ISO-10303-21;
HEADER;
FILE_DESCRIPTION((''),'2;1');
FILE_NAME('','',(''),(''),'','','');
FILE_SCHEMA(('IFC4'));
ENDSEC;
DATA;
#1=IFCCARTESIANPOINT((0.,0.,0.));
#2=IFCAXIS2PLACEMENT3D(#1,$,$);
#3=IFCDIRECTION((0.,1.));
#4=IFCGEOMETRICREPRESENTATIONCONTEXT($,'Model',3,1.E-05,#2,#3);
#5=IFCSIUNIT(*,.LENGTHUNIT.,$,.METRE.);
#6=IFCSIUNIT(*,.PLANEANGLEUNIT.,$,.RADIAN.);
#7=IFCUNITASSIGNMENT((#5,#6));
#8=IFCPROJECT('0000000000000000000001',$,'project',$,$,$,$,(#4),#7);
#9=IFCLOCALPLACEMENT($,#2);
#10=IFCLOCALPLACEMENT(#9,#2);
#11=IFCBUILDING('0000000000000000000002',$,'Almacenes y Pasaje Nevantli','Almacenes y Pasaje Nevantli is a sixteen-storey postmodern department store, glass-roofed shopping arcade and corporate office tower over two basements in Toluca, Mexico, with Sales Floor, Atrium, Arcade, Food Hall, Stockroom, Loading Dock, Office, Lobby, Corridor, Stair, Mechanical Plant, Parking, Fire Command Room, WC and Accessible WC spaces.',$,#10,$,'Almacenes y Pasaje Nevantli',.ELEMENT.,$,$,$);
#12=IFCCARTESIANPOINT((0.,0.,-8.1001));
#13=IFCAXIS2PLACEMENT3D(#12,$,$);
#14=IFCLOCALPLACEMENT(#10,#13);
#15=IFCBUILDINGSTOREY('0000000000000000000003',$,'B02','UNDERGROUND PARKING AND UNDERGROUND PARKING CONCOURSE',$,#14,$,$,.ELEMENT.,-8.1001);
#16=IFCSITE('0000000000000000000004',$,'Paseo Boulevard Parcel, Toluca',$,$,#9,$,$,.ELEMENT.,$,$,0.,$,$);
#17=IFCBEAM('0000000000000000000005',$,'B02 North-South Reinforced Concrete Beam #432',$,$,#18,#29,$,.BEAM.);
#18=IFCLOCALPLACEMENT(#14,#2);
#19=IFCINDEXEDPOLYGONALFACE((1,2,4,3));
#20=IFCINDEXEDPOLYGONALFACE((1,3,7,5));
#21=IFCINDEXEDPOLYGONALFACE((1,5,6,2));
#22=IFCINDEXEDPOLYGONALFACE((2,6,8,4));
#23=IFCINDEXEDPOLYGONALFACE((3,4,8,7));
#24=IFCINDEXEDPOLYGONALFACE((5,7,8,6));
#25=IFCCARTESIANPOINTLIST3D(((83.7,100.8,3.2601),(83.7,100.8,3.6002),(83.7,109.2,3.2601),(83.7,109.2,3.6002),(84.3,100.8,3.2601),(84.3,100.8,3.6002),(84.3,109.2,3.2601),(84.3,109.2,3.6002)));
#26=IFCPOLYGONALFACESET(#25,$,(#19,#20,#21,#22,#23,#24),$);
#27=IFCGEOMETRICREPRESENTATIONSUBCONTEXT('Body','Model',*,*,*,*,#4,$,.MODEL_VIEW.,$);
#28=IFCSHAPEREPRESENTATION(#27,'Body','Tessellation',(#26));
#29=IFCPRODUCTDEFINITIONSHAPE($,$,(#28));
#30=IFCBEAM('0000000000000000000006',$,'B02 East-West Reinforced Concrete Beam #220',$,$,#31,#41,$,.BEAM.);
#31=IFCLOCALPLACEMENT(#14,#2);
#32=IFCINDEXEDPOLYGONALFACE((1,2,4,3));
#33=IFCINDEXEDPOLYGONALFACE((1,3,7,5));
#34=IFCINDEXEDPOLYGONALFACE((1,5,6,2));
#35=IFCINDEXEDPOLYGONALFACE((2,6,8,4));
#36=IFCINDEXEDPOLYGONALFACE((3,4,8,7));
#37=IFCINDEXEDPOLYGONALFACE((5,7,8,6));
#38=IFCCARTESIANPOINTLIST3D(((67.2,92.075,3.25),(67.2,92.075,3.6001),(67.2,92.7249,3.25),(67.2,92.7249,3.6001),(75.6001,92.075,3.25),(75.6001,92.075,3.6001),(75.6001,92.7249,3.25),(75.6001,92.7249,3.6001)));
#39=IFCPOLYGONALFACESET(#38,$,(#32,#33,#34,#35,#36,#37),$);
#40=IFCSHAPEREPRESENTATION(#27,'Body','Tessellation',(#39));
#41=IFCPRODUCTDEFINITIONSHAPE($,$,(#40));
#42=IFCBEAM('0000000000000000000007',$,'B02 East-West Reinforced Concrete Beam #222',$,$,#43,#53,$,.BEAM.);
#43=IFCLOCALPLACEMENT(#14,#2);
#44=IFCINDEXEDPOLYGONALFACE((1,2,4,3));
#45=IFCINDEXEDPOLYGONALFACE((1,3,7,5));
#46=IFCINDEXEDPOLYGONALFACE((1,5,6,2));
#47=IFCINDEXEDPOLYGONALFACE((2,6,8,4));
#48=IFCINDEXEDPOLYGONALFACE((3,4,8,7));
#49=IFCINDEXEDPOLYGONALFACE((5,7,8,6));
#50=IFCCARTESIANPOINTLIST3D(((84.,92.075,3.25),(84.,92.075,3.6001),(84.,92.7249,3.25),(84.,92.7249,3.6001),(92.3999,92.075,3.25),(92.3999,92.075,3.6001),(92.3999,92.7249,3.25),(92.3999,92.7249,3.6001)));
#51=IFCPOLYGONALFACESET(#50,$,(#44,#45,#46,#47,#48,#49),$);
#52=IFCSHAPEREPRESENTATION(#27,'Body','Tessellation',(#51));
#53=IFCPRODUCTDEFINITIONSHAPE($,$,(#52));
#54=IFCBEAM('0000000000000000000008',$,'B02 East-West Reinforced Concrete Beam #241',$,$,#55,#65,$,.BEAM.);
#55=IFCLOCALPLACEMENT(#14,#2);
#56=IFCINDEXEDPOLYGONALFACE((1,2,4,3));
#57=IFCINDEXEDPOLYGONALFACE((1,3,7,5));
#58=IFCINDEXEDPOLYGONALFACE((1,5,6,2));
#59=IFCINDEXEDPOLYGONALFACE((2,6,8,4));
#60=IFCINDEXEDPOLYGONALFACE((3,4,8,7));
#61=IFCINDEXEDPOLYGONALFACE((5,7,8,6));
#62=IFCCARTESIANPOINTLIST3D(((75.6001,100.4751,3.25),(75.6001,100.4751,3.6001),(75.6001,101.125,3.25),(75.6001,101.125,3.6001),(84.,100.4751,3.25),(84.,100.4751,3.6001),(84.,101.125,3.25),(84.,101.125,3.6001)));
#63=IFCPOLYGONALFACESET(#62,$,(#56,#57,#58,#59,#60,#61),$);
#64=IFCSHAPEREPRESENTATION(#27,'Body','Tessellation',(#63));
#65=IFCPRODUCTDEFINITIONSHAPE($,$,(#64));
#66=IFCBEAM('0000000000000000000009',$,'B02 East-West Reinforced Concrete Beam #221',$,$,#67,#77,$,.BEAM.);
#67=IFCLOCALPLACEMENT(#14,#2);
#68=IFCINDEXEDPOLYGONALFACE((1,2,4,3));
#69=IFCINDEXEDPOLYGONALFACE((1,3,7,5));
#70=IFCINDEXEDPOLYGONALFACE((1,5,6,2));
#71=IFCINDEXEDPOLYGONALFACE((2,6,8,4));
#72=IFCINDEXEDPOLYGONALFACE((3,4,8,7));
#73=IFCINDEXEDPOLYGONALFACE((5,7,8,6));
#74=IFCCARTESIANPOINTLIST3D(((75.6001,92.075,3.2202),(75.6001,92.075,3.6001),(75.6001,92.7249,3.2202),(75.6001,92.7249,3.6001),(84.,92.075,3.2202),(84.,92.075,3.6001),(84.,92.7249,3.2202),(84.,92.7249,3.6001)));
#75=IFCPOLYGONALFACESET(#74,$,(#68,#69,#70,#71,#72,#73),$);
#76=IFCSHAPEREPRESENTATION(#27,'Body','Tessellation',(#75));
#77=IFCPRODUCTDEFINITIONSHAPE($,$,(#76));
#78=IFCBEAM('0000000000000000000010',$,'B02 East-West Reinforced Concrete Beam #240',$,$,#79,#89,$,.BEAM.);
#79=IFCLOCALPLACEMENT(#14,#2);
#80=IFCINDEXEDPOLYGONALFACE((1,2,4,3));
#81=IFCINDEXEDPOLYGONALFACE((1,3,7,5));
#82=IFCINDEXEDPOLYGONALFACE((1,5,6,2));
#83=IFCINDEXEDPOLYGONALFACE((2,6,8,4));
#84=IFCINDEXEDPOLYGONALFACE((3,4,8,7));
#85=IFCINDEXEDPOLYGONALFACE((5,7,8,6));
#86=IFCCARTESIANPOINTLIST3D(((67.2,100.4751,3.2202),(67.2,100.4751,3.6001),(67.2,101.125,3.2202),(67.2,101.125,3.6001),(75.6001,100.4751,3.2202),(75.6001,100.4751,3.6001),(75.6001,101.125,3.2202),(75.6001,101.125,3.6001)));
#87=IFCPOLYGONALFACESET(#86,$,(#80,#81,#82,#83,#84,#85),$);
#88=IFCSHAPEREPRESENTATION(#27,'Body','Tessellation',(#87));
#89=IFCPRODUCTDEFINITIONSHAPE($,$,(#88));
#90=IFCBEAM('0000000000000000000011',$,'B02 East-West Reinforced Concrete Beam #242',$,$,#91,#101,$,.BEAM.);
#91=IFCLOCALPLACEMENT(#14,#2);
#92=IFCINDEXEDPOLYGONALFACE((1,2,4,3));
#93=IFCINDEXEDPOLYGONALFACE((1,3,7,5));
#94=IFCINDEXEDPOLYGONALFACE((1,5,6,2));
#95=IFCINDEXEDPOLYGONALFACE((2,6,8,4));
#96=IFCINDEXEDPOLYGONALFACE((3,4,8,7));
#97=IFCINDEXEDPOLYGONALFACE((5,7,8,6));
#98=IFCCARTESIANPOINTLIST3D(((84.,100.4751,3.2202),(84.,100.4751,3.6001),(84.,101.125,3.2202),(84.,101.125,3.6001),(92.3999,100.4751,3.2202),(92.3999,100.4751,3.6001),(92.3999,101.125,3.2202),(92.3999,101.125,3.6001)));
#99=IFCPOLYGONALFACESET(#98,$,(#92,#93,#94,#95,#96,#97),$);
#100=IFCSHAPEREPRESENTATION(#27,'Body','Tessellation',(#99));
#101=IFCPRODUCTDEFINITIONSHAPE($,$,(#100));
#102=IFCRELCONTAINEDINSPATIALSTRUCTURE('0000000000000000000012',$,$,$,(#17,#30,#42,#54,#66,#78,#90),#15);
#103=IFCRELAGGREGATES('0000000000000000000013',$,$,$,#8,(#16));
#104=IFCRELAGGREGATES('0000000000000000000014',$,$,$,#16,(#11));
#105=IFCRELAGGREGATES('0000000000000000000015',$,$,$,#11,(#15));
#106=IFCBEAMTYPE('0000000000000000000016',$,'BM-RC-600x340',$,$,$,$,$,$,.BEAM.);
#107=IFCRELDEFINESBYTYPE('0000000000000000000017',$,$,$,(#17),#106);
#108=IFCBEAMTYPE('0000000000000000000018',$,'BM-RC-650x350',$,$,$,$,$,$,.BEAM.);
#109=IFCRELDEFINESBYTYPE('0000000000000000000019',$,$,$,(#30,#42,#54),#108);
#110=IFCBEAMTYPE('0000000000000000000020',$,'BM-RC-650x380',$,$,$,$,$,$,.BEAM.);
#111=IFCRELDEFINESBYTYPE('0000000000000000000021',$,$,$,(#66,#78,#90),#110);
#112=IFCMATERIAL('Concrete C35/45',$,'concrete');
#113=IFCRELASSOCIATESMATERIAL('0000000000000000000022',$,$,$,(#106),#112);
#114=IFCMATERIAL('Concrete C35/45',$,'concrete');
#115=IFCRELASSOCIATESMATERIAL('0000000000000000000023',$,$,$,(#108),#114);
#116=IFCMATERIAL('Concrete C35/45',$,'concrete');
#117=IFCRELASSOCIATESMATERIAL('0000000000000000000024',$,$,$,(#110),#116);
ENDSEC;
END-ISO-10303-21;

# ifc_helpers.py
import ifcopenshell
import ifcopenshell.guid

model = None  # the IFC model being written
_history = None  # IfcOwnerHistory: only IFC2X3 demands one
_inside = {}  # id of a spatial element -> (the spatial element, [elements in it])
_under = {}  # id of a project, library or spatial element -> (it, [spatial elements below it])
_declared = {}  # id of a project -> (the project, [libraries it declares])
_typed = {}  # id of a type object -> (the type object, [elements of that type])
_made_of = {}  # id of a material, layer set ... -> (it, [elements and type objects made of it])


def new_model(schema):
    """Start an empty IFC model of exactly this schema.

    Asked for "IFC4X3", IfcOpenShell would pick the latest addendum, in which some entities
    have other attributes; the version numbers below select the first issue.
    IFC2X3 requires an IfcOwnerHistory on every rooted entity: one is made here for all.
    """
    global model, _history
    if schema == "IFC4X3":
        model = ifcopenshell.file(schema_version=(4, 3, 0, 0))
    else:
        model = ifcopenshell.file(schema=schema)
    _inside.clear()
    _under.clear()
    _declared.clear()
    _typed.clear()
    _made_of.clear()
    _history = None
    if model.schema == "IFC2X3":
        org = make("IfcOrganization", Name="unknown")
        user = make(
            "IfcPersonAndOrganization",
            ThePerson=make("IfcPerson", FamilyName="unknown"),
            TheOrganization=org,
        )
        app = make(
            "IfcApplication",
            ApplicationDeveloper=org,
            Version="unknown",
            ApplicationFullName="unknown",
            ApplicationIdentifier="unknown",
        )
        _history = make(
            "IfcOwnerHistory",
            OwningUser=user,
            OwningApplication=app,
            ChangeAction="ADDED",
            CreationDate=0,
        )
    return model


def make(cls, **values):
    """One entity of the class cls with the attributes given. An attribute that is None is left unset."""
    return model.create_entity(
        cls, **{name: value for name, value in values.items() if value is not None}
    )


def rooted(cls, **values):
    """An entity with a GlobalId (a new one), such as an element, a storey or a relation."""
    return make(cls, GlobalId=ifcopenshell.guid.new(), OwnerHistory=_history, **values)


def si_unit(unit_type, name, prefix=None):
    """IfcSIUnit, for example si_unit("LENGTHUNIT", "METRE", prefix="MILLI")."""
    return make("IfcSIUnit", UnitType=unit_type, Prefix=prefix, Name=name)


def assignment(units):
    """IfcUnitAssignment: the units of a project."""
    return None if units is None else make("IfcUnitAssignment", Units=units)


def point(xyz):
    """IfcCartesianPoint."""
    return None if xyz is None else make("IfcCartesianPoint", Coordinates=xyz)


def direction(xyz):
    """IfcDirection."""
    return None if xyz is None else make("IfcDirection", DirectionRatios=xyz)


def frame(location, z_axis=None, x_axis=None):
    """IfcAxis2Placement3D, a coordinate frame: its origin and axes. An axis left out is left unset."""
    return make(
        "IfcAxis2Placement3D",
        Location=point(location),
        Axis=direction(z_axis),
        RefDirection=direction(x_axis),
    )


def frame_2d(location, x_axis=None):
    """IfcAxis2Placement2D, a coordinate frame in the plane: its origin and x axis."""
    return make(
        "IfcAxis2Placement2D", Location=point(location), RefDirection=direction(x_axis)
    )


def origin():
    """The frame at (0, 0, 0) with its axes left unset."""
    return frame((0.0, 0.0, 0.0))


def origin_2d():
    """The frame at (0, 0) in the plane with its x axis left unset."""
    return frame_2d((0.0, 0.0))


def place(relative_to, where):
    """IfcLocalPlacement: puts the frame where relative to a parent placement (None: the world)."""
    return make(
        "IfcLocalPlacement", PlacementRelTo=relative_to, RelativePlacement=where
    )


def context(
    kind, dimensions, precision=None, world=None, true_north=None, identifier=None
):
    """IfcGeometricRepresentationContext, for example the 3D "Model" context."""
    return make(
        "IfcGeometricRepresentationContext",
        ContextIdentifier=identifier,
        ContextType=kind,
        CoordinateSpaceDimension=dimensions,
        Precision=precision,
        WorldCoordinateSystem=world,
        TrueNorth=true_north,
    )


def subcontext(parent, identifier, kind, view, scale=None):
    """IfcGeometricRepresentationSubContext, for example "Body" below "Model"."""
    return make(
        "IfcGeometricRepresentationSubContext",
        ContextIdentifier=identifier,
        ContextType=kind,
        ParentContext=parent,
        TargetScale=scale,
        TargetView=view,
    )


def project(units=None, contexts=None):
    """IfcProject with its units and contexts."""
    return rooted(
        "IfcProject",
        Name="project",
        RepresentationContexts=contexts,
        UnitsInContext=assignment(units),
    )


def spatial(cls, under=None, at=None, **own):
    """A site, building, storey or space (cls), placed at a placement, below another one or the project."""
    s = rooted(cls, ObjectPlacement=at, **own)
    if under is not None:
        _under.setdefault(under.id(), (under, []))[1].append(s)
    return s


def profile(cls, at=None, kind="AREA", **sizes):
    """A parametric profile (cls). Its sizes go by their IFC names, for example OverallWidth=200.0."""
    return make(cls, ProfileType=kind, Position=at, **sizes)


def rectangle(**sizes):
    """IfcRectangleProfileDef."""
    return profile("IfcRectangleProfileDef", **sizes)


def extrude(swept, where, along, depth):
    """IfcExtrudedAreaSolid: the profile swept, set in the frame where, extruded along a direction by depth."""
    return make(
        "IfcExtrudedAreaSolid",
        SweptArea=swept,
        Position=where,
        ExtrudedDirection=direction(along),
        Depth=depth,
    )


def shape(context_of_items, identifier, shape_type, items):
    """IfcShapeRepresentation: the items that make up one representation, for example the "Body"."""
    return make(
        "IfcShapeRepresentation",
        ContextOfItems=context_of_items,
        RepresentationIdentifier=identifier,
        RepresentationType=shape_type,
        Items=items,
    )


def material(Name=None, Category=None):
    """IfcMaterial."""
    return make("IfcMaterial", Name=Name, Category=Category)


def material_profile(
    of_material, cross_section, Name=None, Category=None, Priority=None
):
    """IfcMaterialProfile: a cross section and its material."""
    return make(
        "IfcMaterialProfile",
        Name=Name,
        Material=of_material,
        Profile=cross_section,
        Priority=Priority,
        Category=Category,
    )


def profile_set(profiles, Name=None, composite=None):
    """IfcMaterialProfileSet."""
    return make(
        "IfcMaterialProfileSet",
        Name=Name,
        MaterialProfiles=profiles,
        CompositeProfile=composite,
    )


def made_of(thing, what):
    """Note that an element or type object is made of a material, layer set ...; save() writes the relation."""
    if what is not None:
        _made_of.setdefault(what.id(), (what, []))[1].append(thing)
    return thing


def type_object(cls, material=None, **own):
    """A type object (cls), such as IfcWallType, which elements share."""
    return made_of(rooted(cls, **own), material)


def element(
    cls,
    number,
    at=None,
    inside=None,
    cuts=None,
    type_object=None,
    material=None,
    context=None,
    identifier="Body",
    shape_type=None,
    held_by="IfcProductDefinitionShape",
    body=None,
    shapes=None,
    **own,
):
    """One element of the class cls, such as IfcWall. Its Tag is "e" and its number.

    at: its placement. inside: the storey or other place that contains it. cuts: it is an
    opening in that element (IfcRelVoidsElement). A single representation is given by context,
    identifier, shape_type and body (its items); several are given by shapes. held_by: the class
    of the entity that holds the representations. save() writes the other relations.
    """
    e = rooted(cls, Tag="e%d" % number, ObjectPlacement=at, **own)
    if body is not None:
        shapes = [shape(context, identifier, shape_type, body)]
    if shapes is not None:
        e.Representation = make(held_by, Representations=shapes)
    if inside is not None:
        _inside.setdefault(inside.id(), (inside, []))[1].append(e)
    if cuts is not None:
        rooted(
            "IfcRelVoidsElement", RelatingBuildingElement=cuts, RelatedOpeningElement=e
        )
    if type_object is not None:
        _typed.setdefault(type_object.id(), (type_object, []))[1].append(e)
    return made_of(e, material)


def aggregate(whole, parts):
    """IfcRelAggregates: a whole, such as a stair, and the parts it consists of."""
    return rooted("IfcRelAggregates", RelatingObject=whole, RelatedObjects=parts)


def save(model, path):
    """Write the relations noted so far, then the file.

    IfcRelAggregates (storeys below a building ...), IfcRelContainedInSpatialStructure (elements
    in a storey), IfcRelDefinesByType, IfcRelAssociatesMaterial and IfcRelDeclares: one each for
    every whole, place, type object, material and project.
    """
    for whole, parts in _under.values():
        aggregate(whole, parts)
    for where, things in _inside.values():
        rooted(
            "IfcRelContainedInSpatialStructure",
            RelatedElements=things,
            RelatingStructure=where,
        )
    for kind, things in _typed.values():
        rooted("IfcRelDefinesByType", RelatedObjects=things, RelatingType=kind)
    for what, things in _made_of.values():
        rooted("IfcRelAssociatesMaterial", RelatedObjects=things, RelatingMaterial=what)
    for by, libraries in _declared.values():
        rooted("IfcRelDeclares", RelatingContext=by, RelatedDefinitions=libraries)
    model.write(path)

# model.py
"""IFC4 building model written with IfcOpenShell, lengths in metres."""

from ifc_helpers import new_model, si_unit, direction, frame, origin, origin_2d, place, context, subcontext, project, spatial, rectangle, extrude, material, material_profile, profile_set, type_object, element, save


model = new_model("IFC4")

# Units and contexts
model_context = context("Model", 3, precision=1e-05, world=origin(), true_north=direction((0.0, 1.0)))
body_context = subcontext(model_context, "Body", "Model", "MODEL_VIEW")
ifc_project = project(units=[si_unit("LENGTHUNIT", "METRE"), si_unit("PLANEANGLEUNIT", "RADIAN")], contexts=[model_context])

# Site, building, storey
site_placement = place(None, origin())
site = spatial("IfcSite", under=ifc_project, at=site_placement, Name="Paseo Boulevard Parcel, Toluca", CompositionType="ELEMENT", RefElevation=0.0)
building_placement = place(site_placement, origin())
building = spatial("IfcBuilding", under=site, at=building_placement, Name="Almacenes y Pasaje Nevantli", Description="Almacenes y Pasaje Nevantli is a sixteen-storey postmodern department store, glass-roofed shopping arcade and corporate office tower over two basements in Toluca, Mexico, with Sales Floor, Atrium, Arcade, Food Hall, Stockroom, Loading Dock, Office, Lobby, Corridor, Stair, Mechanical Plant, Parking, Fire Command Room, WC and Accessible WC spaces.", LongName="Almacenes y Pasaje Nevantli", CompositionType="ELEMENT")
storey_placement = place(building_placement, frame((0.0, 0.0, -8.1001)))
storey = spatial("IfcBuildingStorey", under=building, at=storey_placement, Name="B02", Description="UNDERGROUND PARKING AND UNDERGROUND PARKING CONCOURSE", CompositionType="ELEMENT", Elevation=-8.1001)

# Beams
ifc_material_1 = material(Name="Concrete C35/45", Category="concrete")
ifc_material_profile_1 = material_profile(ifc_material_1, rectangle(XDim=0.6001, YDim=0.3401, at=origin_2d()), Name="RC-BM-600x340")
ifc_profile_set_1 = profile_set([ifc_material_profile_1], Name="Concrete C35/45")
beam_type_1 = type_object("IfcBeamType", Name="BM-RC-600x340", PredefinedType="BEAM", material=ifc_profile_set_1)
beam_1_placement = place(storey_placement, frame((84.0, 100.8, 3.4302), z_axis=(0.0, 1.0, 0.0), x_axis=(-1.0, 0.0, 0.0)))
element("IfcBeam", 1, at=beam_1_placement, inside=storey, type_object=beam_type_1, Name="B02 North-South Reinforced Concrete Beam #432", PredefinedType="BEAM", context=body_context, shape_type="SweptSolid", body=[
    extrude(rectangle(XDim=0.6001, YDim=0.3401, at=origin_2d()), origin(), (0.0, 0.0, 1.0), 8.3999),
])
ifc_material_2 = material(Name="Concrete C35/45", Category="concrete")
ifc_material_profile_2 = material_profile(ifc_material_2, rectangle(XDim=0.6499, YDim=0.3501, at=origin_2d()), Name="RC-BM-650x350")
ifc_profile_set_2 = profile_set([ifc_material_profile_2], Name="Concrete C35/45")
beam_type_2 = type_object("IfcBeamType", Name="BM-RC-650x350", PredefinedType="BEAM", material=ifc_profile_set_2)
beam_2_placement = place(storey_placement, frame((67.2, 92.3999, 3.425), z_axis=(1.0, 0.0, 0.0), x_axis=(0.0, 1.0, 0.0)))
element("IfcBeam", 2, at=beam_2_placement, inside=storey, type_object=beam_type_2, Name="B02 East-West Reinforced Concrete Beam #220", PredefinedType="BEAM", context=body_context, shape_type="SweptSolid", body=[
    extrude(rectangle(XDim=0.6499, YDim=0.3501, at=origin_2d()), origin(), (0.0, 0.0, 1.0), 8.4001),
])
for number, where, z_axis, x_axis, name in (
    (3, (84.0, 92.3999, 3.425), (1.0, 0.0, 0.0), (0.0, 1.0, 0.0), "B02 East-West Reinforced Concrete Beam #222"),
    (4, (75.6001, 100.8, 3.425), (1.0, 0.0, 0.0), (0.0, 1.0, 0.0), "B02 East-West Reinforced Concrete Beam #241"),
):
    element("IfcBeam", number, at=place(storey_placement, frame(where, z_axis=z_axis, x_axis=x_axis)), inside=storey, type_object=beam_type_2, Name=name, PredefinedType="BEAM", context=body_context, shape_type="SweptSolid", body=[
        extrude(rectangle(XDim=0.6499, YDim=0.3501, at=origin_2d()), origin(), (0.0, 0.0, 1.0), 8.3999),
    ])
ifc_material_3 = material(Name="Concrete C35/45", Category="concrete")
ifc_material_profile_3 = material_profile(ifc_material_3, rectangle(XDim=0.6499, YDim=0.3799, at=origin_2d()), Name="RC-BM-650x380")
ifc_profile_set_3 = profile_set([ifc_material_profile_3], Name="Concrete C35/45")
beam_type_3 = type_object("IfcBeamType", Name="BM-RC-650x380", PredefinedType="BEAM", material=ifc_profile_set_3)
beam_3_placement = place(storey_placement, frame((75.6001, 92.3999, 3.4102), z_axis=(1.0, 0.0, 0.0), x_axis=(0.0, 1.0, 0.0)))
element("IfcBeam", 5, at=beam_3_placement, inside=storey, type_object=beam_type_3, Name="B02 East-West Reinforced Concrete Beam #221", PredefinedType="BEAM", context=body_context, shape_type="SweptSolid", body=[
    extrude(rectangle(XDim=0.6499, YDim=0.3799, at=origin_2d()), origin(), (0.0, 0.0, 1.0), 8.3999),
])
beam_4_placement = place(storey_placement, frame((67.2, 100.8, 3.4102), z_axis=(1.0, 0.0, 0.0), x_axis=(0.0, 1.0, 0.0)))
element("IfcBeam", 6, at=beam_4_placement, inside=storey, type_object=beam_type_3, Name="B02 East-West Reinforced Concrete Beam #240", PredefinedType="BEAM", context=body_context, shape_type="SweptSolid", body=[
    extrude(rectangle(XDim=0.6499, YDim=0.3799, at=origin_2d()), origin(), (0.0, 0.0, 1.0), 8.4001),
])
beam_5_placement = place(storey_placement, frame((84.0, 100.8, 3.4102), z_axis=(1.0, 0.0, 0.0), x_axis=(0.0, 1.0, 0.0)))
element("IfcBeam", 7, at=beam_5_placement, inside=storey, type_object=beam_type_3, Name="B02 East-West Reinforced Concrete Beam #242", PredefinedType="BEAM", context=body_context, shape_type="SweptSolid", body=[
    extrude(rectangle(XDim=0.6499, YDim=0.3799, at=origin_2d()), origin(), (0.0, 0.0, 1.0), 8.3999),
])

save(model, "model.ifc")
